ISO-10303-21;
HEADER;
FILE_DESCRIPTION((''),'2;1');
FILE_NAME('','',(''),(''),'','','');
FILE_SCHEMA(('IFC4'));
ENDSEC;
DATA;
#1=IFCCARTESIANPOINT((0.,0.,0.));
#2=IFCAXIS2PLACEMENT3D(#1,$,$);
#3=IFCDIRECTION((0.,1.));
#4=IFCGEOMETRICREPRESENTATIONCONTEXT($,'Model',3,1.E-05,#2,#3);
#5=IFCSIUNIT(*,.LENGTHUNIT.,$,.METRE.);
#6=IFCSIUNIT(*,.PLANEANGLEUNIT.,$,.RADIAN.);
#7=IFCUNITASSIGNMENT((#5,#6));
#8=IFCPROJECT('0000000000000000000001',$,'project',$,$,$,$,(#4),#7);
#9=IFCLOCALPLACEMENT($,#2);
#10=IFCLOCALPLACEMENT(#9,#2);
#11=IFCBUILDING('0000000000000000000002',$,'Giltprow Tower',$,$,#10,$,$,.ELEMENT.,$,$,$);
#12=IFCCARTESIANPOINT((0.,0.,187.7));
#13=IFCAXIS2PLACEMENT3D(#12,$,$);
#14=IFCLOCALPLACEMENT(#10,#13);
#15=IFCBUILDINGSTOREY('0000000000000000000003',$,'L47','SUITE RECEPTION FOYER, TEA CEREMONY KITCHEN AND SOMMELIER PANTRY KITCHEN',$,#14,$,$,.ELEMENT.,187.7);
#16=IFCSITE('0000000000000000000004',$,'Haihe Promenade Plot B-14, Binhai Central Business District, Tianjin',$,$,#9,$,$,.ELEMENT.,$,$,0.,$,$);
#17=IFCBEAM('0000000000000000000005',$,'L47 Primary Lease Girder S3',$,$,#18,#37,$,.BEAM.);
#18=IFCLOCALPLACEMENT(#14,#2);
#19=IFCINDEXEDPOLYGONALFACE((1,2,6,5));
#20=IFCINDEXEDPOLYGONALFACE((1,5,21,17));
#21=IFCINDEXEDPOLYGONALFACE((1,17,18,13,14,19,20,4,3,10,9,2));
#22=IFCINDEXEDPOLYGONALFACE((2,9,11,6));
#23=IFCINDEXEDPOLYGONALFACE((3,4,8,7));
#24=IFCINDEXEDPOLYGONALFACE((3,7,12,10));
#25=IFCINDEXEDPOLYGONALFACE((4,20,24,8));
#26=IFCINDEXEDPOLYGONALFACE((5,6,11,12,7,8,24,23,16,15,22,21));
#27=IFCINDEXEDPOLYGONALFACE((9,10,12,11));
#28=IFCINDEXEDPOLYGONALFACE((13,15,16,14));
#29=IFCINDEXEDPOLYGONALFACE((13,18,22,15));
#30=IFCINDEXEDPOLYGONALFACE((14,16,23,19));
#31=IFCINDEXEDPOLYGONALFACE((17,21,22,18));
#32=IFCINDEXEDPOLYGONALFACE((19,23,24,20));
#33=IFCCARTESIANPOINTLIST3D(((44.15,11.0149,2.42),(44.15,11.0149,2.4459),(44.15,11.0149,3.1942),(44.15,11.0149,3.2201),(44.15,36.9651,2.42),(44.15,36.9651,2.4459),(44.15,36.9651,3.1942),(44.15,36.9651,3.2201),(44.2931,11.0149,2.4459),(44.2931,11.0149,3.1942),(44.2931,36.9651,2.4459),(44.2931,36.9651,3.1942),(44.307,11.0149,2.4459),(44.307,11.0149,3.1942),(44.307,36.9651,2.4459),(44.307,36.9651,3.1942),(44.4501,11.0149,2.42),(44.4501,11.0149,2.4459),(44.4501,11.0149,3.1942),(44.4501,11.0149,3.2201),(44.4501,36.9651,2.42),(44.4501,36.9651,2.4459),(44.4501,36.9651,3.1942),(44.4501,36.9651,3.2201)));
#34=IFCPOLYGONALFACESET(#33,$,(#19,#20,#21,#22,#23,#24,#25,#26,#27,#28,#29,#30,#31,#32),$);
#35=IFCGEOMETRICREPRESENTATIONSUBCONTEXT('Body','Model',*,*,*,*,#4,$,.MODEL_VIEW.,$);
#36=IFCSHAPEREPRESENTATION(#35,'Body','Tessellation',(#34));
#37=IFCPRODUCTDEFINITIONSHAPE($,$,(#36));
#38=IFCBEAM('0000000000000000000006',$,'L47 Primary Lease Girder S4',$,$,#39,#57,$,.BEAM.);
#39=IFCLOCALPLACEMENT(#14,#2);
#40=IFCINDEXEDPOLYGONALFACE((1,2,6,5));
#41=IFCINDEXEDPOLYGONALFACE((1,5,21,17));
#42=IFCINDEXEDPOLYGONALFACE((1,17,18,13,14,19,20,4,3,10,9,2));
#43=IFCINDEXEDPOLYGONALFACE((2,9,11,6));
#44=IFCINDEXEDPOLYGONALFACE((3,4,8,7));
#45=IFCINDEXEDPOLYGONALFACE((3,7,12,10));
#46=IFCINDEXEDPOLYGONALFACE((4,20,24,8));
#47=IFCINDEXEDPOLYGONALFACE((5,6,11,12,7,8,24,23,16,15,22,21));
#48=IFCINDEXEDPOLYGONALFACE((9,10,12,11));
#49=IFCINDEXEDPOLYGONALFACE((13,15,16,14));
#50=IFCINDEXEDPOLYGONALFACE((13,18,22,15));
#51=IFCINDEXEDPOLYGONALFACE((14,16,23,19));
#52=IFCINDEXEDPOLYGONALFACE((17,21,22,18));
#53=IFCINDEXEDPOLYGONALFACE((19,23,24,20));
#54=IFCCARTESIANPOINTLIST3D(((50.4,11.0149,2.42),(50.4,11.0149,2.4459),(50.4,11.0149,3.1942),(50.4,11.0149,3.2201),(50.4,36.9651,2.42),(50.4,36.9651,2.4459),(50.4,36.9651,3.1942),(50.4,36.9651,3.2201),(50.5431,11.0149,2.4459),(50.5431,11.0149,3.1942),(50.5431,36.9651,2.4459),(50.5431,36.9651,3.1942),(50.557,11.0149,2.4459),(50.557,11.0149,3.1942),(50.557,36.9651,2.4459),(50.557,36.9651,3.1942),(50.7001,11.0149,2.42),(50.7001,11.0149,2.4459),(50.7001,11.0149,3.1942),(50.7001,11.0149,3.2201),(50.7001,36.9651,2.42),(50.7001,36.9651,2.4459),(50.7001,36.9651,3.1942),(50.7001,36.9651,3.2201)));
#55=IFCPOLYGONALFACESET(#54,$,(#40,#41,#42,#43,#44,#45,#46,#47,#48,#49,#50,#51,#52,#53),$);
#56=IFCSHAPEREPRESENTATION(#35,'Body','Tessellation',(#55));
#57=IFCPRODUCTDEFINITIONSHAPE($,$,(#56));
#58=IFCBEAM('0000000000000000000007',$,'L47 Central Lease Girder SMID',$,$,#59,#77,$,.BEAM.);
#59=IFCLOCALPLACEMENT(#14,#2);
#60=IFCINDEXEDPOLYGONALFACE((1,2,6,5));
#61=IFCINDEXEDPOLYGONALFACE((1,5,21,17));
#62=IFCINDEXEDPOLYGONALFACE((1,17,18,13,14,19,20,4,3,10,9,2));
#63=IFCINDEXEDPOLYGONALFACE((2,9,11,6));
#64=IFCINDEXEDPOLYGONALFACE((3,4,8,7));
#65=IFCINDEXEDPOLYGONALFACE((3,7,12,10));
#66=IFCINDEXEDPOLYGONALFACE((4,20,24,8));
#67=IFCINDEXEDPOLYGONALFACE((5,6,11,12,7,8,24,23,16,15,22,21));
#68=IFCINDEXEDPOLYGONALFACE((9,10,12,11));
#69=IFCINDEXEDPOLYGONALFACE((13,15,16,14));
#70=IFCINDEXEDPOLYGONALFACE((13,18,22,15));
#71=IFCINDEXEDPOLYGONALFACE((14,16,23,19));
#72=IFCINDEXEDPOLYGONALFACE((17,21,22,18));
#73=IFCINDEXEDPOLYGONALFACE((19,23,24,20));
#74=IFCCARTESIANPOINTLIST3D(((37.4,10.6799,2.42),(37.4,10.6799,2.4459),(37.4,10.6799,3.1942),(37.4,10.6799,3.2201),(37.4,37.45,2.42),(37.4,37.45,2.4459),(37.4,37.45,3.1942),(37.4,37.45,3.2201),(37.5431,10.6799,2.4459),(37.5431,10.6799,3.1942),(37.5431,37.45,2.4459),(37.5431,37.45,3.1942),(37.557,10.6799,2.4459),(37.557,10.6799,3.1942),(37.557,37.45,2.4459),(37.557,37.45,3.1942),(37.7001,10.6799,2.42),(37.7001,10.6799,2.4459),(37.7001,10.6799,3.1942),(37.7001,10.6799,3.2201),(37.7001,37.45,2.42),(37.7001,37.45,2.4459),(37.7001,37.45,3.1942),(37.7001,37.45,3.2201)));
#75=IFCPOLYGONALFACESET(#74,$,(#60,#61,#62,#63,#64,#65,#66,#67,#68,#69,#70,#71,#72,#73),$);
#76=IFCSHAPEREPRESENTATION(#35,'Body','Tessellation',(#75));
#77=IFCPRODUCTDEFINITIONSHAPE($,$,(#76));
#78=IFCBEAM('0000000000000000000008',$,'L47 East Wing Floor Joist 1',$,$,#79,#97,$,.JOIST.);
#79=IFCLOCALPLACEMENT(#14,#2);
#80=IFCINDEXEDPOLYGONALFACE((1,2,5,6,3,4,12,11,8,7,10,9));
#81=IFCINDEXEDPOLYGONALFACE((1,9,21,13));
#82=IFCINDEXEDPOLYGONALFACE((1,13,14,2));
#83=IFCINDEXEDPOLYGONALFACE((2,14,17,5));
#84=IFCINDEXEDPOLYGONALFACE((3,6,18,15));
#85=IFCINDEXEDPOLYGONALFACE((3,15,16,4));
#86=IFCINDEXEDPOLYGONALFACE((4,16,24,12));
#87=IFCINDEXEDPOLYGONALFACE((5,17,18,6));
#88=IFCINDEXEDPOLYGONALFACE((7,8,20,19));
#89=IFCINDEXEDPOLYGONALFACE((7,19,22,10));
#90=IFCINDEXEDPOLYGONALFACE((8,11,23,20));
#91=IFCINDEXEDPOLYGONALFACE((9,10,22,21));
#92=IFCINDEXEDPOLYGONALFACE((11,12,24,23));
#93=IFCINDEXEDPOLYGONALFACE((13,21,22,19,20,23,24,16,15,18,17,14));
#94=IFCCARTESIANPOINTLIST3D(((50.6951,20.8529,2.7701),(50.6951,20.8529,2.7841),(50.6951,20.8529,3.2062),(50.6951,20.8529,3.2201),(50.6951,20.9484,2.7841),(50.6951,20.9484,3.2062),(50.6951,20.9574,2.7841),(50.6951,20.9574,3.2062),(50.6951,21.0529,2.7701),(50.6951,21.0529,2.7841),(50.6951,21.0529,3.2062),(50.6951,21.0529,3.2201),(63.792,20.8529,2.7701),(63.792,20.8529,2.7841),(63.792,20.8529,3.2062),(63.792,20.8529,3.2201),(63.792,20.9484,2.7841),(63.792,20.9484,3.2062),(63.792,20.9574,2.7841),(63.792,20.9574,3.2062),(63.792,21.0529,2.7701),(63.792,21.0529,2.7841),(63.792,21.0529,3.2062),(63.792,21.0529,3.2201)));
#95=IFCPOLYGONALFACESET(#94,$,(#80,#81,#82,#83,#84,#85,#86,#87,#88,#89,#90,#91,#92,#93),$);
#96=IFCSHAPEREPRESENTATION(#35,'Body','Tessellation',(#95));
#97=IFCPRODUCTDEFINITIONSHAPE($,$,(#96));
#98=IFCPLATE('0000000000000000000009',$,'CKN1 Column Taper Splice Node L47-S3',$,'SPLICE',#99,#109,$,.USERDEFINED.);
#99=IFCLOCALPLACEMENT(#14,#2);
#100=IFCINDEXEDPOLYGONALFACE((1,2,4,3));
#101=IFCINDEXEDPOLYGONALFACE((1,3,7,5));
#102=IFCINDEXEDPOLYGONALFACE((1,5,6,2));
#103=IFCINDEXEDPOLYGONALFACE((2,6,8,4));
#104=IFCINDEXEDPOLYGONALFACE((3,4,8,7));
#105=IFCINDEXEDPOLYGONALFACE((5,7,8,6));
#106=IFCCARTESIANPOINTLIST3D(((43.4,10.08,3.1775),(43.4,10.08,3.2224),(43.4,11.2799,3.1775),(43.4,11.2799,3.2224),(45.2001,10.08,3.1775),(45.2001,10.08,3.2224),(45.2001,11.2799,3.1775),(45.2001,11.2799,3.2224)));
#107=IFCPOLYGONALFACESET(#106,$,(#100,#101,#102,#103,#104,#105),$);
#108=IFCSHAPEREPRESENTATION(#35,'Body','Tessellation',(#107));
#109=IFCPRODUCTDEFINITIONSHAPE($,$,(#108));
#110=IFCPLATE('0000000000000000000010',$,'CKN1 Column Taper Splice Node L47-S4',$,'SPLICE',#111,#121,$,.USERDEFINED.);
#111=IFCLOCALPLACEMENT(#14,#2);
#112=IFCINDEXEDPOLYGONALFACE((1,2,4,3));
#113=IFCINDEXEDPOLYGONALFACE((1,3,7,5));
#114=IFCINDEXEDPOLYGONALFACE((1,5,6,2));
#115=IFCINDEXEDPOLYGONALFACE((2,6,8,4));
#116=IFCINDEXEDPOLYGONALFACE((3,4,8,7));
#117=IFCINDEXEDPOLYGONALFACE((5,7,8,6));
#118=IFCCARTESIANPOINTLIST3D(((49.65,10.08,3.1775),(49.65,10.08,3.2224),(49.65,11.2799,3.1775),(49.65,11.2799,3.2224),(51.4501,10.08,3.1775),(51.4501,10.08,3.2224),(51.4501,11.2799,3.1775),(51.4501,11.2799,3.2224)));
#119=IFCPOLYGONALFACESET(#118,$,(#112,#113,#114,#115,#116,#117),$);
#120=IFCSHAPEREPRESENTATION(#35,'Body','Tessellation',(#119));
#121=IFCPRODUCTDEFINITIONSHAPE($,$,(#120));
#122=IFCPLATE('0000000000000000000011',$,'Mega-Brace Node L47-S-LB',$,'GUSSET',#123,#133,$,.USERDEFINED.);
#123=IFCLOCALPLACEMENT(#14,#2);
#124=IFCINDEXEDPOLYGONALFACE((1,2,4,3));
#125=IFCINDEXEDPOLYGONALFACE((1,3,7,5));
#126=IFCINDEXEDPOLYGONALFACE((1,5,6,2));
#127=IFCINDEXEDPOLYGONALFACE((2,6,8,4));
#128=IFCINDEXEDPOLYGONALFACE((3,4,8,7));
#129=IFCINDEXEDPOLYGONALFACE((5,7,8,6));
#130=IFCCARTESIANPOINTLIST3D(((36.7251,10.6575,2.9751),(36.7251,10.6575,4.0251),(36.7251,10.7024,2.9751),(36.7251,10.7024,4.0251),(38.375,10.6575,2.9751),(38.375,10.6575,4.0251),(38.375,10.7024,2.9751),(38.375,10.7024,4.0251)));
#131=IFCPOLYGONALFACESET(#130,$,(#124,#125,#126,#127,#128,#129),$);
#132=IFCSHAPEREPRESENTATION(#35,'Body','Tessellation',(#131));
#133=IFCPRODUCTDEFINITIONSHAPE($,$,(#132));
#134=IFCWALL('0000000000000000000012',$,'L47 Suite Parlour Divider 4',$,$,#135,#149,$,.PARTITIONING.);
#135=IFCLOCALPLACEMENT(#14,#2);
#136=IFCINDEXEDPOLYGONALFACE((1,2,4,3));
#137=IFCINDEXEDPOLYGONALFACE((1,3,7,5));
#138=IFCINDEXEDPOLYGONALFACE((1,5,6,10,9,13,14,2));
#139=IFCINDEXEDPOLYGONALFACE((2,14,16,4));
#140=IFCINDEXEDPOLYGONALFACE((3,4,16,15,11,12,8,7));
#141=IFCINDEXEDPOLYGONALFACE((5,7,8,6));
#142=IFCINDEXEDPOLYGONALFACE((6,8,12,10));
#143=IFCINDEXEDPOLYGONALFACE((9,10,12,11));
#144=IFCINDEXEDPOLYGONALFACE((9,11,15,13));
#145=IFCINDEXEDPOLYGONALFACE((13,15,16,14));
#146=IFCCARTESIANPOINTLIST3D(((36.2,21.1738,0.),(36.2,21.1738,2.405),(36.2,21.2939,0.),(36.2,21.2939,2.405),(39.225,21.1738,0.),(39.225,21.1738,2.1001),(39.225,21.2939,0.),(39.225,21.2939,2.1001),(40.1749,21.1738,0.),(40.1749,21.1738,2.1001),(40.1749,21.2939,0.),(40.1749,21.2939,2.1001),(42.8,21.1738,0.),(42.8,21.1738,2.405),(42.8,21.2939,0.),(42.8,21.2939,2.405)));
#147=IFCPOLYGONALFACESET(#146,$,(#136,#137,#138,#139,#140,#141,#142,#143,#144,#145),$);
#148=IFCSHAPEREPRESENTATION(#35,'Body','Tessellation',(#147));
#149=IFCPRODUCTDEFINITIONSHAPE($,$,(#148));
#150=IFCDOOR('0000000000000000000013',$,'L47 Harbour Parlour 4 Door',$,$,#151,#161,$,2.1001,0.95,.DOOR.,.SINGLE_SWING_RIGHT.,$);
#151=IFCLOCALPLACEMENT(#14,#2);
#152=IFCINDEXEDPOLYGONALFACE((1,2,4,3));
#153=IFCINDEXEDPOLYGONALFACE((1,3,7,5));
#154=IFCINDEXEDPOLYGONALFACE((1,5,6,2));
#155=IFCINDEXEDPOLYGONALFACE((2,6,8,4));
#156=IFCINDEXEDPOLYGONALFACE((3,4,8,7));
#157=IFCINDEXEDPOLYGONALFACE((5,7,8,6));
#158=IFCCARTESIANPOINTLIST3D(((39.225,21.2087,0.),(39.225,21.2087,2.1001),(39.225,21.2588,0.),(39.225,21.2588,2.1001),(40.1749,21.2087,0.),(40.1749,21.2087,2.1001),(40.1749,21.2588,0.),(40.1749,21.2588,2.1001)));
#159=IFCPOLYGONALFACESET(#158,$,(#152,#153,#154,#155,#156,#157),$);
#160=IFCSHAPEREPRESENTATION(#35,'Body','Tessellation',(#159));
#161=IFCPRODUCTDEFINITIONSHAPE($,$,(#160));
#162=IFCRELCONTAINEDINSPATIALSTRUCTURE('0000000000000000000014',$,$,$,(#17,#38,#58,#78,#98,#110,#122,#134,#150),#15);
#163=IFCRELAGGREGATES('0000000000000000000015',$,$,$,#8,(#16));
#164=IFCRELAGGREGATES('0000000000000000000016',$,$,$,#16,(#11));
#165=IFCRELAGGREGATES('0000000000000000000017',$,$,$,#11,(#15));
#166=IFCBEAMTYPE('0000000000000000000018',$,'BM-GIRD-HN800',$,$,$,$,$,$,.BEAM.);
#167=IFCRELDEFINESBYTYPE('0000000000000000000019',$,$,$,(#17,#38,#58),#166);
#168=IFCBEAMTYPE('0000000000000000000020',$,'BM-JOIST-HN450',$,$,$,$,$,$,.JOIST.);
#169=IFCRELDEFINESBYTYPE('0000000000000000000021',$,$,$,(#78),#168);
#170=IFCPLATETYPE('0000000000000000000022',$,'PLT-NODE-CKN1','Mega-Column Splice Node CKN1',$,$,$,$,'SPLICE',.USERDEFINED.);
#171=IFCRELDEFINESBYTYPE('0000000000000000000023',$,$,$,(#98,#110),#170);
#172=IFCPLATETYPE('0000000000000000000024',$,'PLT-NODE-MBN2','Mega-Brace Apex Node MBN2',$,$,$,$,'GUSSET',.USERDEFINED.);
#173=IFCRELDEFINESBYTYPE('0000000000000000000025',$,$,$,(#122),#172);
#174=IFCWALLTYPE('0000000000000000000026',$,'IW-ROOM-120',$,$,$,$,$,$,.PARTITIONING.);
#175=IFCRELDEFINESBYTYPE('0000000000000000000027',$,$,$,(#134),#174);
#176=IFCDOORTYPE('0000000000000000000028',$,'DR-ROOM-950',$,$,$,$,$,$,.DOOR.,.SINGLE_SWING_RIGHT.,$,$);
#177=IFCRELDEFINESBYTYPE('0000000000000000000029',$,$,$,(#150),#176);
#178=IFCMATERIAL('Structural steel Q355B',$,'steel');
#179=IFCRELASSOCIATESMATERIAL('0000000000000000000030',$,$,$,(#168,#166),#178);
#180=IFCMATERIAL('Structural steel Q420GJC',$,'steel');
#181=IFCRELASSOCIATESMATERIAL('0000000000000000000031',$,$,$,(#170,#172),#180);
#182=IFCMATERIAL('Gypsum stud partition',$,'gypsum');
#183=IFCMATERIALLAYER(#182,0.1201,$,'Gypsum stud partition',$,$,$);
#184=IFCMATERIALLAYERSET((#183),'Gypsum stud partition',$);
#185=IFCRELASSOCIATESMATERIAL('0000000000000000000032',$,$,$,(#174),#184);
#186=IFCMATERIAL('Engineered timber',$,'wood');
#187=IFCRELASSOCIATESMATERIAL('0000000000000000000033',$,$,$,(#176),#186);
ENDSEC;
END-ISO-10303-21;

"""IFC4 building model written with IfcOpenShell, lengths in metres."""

from ifc_helpers import new_model, si_unit, direction, frame, frame_2d, origin, origin_2d, place, context, subcontext, project, spatial, rectangle, i_section, extrude, source, transform, mapped, material, layer, layer_set, material_profile, profile_set, type_object, element, fill, save


model = new_model("IFC4")

# Units and contexts
model_context = context("Model", 3, precision=1e-05, world=origin(), true_north=direction((0.0, 1.0)))
body_context = subcontext(model_context, "Body", "Model", "MODEL_VIEW")
ifc_project = project(units=[si_unit("LENGTHUNIT", "METRE"), si_unit("PLANEANGLEUNIT", "RADIAN")], contexts=[model_context])

# Site, building, storey
site_placement = place(None, origin())
site = spatial("IfcSite", under=ifc_project, at=site_placement, Name="Haihe Promenade Plot B-14, Binhai Central Business District, Tianjin", CompositionType="ELEMENT", RefElevation=0.0)
building_placement = place(site_placement, origin())
building = spatial("IfcBuilding", under=site, at=building_placement, Name="Giltprow Tower", CompositionType="ELEMENT")
storey_placement = place(building_placement, frame((0.0, 0.0, 187.7)))
storey = spatial("IfcBuildingStorey", under=building, at=storey_placement, Name="L47", Description="SUITE RECEPTION FOYER, TEA CEREMONY KITCHEN AND SOMMELIER PANTRY KITCHEN", CompositionType="ELEMENT", Elevation=187.7)

# Beams
ifc_material_1 = material(Name="Structural steel Q355B", Category="steel")
ifc_material_profile_1 = material_profile(ifc_material_1, i_section(OverallWidth=0.2, OverallDepth=0.45, WebThickness=0.009, FlangeThickness=0.0139, at=origin_2d()), Name="HN 450x200x9x14")
ifc_profile_set_1 = profile_set([ifc_material_profile_1], Name="Structural steel Q355B")
beam_type_1 = type_object("IfcBeamType", Name="BM-JOIST-HN450", PredefinedType="JOIST", material=ifc_profile_set_1)
ifc_material_profile_2 = material_profile(ifc_material_1, i_section(OverallWidth=0.3, OverallDepth=0.8, WebThickness=0.0139, FlangeThickness=0.0259, at=origin_2d()), Name="HN 800x300x14x26")
ifc_profile_set_2 = profile_set([ifc_material_profile_2], Name="Structural steel Q355B")
beam_type_2 = type_object("IfcBeamType", Name="BM-GIRD-HN800", PredefinedType="BEAM", material=ifc_profile_set_2)
shared_shape_1 = source(origin(), body_context, "Body", "SweptSolid", [
    extrude(i_section(OverallWidth=0.3, OverallDepth=0.8, WebThickness=0.0139, FlangeThickness=0.0259, at=origin_2d()), origin(), (0.0, 0.0, 1.0), 25.9502),
])
for number, where, z_axis, x_axis, name in (
    (1, (44.3, 11.0149, 2.8201), (0.0, 1.0, 0.0), (-1.0, 0.0, 0.0), "L47 Primary Lease Girder S3"),
    (2, (50.55, 11.0149, 2.8201), (0.0, 1.0, 0.0), (-1.0, 0.0, 0.0), "L47 Primary Lease Girder S4"),
):
    element("IfcBeam", number, at=place(storey_placement, frame(where, z_axis=z_axis, x_axis=x_axis)), inside=storey, type_object=beam_type_2, Name=name, PredefinedType="BEAM", context=body_context, shape_type="MappedRepresentation", body=[
        mapped(shared_shape_1, transform((0.0, 0.0, 0.0), x_axis=(1.0, 0.0, 0.0), y_axis=(0.0, 1.0, 0.0), z_axis=(0.0, 0.0, 1.0), scale=1.0)),
    ])
shared_shape_2 = source(origin(), body_context, "Body", "SweptSolid", [
    extrude(i_section(OverallWidth=0.3, OverallDepth=0.8, WebThickness=0.0139, FlangeThickness=0.0259, at=origin_2d()), origin(), (0.0, 0.0, 1.0), 26.77),
])
beam_1_placement = place(storey_placement, frame((37.55, 10.6799, 2.8201), z_axis=(0.0, 1.0, 0.0), x_axis=(-1.0, 0.0, 0.0)))
element("IfcBeam", 3, at=beam_1_placement, inside=storey, type_object=beam_type_2, Name="L47 Central Lease Girder SMID", PredefinedType="BEAM", context=body_context, shape_type="MappedRepresentation", body=[
    mapped(shared_shape_2, transform((0.0, 0.0, 0.0), x_axis=(1.0, 0.0, 0.0), y_axis=(0.0, 1.0, 0.0), z_axis=(0.0, 0.0, 1.0), scale=1.0)),
])
shared_shape_3 = source(origin(), body_context, "Body", "SweptSolid", [
    extrude(i_section(OverallWidth=0.2, OverallDepth=0.45, WebThickness=0.009, FlangeThickness=0.0139, at=origin_2d()), origin(), (0.0, 0.0, 1.0), 13.0969),
])
beam_2_placement = place(storey_placement, frame((50.6951, 20.9529, 2.9951), z_axis=(1.0, 0.0, 0.0), x_axis=(0.0, 1.0, 0.0)))
element("IfcBeam", 4, at=beam_2_placement, inside=storey, type_object=beam_type_1, Name="L47 East Wing Floor Joist 1", PredefinedType="JOIST", context=body_context, shape_type="MappedRepresentation", body=[
    mapped(shared_shape_3, transform((0.0, 0.0, 0.0), x_axis=(1.0, 0.0, 0.0), y_axis=(0.0, 1.0, 0.0), z_axis=(0.0, 0.0, 1.0), scale=1.0)),
])

# Plates
ifc_material_2 = material(Name="Structural steel Q420GJC", Category="steel")
plate_type_1 = type_object("IfcPlateType", Name="PLT-NODE-CKN1", Description="Mega-Column Splice Node CKN1", ElementType="SPLICE", PredefinedType="USERDEFINED", material=ifc_material_2)
shared_shape_4 = source(origin(), body_context, "Body", "SweptSolid", [
    extrude(rectangle(XDim=1.8, YDim=1.2, at=origin_2d()), origin(), (0.0, 0.0, 1.0), 0.0449),
])
for number, where, z_axis, x_axis, name in (
    (5, (44.3, 10.6799, 3.1775), (0.0, 0.0, 1.0), (1.0, 0.0, 0.0), "CKN1 Column Taper Splice Node L47-S3"),
    (6, (50.55, 10.6799, 3.1775), (0.0, 0.0, 1.0), (1.0, 0.0, 0.0), "CKN1 Column Taper Splice Node L47-S4"),
):
    element("IfcPlate", number, at=place(storey_placement, frame(where, z_axis=z_axis, x_axis=x_axis)), inside=storey, type_object=plate_type_1, Name=name, ObjectType="SPLICE", PredefinedType="USERDEFINED", context=body_context, shape_type="MappedRepresentation", body=[
        mapped(shared_shape_4, transform((0.0, 0.0, 0.0), x_axis=(1.0, 0.0, 0.0), y_axis=(0.0, 1.0, 0.0), z_axis=(0.0, 0.0, 1.0), scale=1.0)),
    ])
plate_type_2 = type_object("IfcPlateType", Name="PLT-NODE-MBN2", Description="Mega-Brace Apex Node MBN2", ElementType="GUSSET", PredefinedType="USERDEFINED", material=ifc_material_2)
shared_shape_5 = source(origin(), body_context, "Body", "SweptSolid", [
    extrude(rectangle(XDim=1.6499, YDim=0.0449, at=origin_2d()), origin(), (0.0, 0.0, 1.0), 1.05),
])
plate_placement = place(storey_placement, frame((37.55, 10.6799, 2.9751), z_axis=(0.0, 0.0, 1.0), x_axis=(1.0, 0.0, 0.0)))
element("IfcPlate", 7, at=plate_placement, inside=storey, type_object=plate_type_2, Name="Mega-Brace Node L47-S-LB", ObjectType="GUSSET", PredefinedType="USERDEFINED", context=body_context, shape_type="MappedRepresentation", body=[
    mapped(shared_shape_5, transform((0.0, 0.0, 0.0), x_axis=(1.0, 0.0, 0.0), y_axis=(0.0, 1.0, 0.0), z_axis=(0.0, 0.0, 1.0), scale=1.0)),
])

# Wall, opening, door
ifc_material_3 = material(Name="Gypsum stud partition", Category="gypsum")
ifc_layer = layer(ifc_material_3, 0.1201, Name="Gypsum stud partition")
ifc_layer_set = layer_set([ifc_layer], Name="Gypsum stud partition")
wall_type = type_object("IfcWallType", Name="IW-ROOM-120", PredefinedType="PARTITIONING", material=ifc_layer_set)
wall_1_placement = place(storey_placement, frame((36.2, 21.2339, 0.0), z_axis=(0.0, 0.0, 1.0), x_axis=(1.0, 0.0, 0.0)))
wall_1 = element("IfcWall", 8, at=wall_1_placement, inside=storey, type_object=wall_type, Name="L47 Suite Parlour Divider 4", PredefinedType="PARTITIONING", context=body_context, shape_type="SweptSolid", body=[
    extrude(rectangle(XDim=6.6001, YDim=0.1201, at=frame_2d((3.3, 0.0))), origin(), (0.0, 0.0, 1.0), 2.405),
])
opening_1_placement = place(wall_1_placement, frame((3.0249, 0.0, 0.0)))
opening_1 = element("IfcOpeningElement", 9, at=opening_1_placement, cuts=wall_1, PredefinedType="OPENING", context=body_context, shape_type="SweptSolid", body=[
    extrude(rectangle(XDim=0.95, YDim=2.1001, at=frame_2d((0.4751, 1.05))), frame((0.0, 0.0701, 0.0), z_axis=(0.0, -1.0, 0.0), x_axis=(1.0, 0.0, 0.0)), (0.0, 0.0, 1.0), 0.1401),
])
ifc_material_4 = material(Name="Engineered timber", Category="wood")
door_type = type_object("IfcDoorType", Name="DR-ROOM-950", OperationType="SINGLE_SWING_RIGHT", PredefinedType="DOOR", material=ifc_material_4)
shared_shape_6 = source(origin(), body_context, "Body", "SweptSolid", [
    extrude(rectangle(XDim=0.95, YDim=2.1001, at=frame_2d((0.4751, 1.05))), frame((0.0, 0.0249, 0.0), z_axis=(0.0, -1.0, 0.0), x_axis=(1.0, 0.0, 0.0)), (0.0, 0.0, 1.0), 0.05),
])
door_1_placement = place(opening_1_placement, origin())
door_1 = element("IfcDoor", 10, at=door_1_placement, inside=storey, type_object=door_type, Name="L47 Harbour Parlour 4 Door", OperationType="SINGLE_SWING_RIGHT", OverallHeight=2.1001, OverallWidth=0.95, PredefinedType="DOOR", context=body_context, shape_type="MappedRepresentation", body=[
    mapped(shared_shape_6, transform((0.0, 0.0, 0.0), x_axis=(1.0, 0.0, 0.0), y_axis=(0.0, 1.0, 0.0), z_axis=(0.0, 0.0, 1.0), scale=1.0)),
])
fill(opening_1, door_1)

save(model, "model.ifc")
